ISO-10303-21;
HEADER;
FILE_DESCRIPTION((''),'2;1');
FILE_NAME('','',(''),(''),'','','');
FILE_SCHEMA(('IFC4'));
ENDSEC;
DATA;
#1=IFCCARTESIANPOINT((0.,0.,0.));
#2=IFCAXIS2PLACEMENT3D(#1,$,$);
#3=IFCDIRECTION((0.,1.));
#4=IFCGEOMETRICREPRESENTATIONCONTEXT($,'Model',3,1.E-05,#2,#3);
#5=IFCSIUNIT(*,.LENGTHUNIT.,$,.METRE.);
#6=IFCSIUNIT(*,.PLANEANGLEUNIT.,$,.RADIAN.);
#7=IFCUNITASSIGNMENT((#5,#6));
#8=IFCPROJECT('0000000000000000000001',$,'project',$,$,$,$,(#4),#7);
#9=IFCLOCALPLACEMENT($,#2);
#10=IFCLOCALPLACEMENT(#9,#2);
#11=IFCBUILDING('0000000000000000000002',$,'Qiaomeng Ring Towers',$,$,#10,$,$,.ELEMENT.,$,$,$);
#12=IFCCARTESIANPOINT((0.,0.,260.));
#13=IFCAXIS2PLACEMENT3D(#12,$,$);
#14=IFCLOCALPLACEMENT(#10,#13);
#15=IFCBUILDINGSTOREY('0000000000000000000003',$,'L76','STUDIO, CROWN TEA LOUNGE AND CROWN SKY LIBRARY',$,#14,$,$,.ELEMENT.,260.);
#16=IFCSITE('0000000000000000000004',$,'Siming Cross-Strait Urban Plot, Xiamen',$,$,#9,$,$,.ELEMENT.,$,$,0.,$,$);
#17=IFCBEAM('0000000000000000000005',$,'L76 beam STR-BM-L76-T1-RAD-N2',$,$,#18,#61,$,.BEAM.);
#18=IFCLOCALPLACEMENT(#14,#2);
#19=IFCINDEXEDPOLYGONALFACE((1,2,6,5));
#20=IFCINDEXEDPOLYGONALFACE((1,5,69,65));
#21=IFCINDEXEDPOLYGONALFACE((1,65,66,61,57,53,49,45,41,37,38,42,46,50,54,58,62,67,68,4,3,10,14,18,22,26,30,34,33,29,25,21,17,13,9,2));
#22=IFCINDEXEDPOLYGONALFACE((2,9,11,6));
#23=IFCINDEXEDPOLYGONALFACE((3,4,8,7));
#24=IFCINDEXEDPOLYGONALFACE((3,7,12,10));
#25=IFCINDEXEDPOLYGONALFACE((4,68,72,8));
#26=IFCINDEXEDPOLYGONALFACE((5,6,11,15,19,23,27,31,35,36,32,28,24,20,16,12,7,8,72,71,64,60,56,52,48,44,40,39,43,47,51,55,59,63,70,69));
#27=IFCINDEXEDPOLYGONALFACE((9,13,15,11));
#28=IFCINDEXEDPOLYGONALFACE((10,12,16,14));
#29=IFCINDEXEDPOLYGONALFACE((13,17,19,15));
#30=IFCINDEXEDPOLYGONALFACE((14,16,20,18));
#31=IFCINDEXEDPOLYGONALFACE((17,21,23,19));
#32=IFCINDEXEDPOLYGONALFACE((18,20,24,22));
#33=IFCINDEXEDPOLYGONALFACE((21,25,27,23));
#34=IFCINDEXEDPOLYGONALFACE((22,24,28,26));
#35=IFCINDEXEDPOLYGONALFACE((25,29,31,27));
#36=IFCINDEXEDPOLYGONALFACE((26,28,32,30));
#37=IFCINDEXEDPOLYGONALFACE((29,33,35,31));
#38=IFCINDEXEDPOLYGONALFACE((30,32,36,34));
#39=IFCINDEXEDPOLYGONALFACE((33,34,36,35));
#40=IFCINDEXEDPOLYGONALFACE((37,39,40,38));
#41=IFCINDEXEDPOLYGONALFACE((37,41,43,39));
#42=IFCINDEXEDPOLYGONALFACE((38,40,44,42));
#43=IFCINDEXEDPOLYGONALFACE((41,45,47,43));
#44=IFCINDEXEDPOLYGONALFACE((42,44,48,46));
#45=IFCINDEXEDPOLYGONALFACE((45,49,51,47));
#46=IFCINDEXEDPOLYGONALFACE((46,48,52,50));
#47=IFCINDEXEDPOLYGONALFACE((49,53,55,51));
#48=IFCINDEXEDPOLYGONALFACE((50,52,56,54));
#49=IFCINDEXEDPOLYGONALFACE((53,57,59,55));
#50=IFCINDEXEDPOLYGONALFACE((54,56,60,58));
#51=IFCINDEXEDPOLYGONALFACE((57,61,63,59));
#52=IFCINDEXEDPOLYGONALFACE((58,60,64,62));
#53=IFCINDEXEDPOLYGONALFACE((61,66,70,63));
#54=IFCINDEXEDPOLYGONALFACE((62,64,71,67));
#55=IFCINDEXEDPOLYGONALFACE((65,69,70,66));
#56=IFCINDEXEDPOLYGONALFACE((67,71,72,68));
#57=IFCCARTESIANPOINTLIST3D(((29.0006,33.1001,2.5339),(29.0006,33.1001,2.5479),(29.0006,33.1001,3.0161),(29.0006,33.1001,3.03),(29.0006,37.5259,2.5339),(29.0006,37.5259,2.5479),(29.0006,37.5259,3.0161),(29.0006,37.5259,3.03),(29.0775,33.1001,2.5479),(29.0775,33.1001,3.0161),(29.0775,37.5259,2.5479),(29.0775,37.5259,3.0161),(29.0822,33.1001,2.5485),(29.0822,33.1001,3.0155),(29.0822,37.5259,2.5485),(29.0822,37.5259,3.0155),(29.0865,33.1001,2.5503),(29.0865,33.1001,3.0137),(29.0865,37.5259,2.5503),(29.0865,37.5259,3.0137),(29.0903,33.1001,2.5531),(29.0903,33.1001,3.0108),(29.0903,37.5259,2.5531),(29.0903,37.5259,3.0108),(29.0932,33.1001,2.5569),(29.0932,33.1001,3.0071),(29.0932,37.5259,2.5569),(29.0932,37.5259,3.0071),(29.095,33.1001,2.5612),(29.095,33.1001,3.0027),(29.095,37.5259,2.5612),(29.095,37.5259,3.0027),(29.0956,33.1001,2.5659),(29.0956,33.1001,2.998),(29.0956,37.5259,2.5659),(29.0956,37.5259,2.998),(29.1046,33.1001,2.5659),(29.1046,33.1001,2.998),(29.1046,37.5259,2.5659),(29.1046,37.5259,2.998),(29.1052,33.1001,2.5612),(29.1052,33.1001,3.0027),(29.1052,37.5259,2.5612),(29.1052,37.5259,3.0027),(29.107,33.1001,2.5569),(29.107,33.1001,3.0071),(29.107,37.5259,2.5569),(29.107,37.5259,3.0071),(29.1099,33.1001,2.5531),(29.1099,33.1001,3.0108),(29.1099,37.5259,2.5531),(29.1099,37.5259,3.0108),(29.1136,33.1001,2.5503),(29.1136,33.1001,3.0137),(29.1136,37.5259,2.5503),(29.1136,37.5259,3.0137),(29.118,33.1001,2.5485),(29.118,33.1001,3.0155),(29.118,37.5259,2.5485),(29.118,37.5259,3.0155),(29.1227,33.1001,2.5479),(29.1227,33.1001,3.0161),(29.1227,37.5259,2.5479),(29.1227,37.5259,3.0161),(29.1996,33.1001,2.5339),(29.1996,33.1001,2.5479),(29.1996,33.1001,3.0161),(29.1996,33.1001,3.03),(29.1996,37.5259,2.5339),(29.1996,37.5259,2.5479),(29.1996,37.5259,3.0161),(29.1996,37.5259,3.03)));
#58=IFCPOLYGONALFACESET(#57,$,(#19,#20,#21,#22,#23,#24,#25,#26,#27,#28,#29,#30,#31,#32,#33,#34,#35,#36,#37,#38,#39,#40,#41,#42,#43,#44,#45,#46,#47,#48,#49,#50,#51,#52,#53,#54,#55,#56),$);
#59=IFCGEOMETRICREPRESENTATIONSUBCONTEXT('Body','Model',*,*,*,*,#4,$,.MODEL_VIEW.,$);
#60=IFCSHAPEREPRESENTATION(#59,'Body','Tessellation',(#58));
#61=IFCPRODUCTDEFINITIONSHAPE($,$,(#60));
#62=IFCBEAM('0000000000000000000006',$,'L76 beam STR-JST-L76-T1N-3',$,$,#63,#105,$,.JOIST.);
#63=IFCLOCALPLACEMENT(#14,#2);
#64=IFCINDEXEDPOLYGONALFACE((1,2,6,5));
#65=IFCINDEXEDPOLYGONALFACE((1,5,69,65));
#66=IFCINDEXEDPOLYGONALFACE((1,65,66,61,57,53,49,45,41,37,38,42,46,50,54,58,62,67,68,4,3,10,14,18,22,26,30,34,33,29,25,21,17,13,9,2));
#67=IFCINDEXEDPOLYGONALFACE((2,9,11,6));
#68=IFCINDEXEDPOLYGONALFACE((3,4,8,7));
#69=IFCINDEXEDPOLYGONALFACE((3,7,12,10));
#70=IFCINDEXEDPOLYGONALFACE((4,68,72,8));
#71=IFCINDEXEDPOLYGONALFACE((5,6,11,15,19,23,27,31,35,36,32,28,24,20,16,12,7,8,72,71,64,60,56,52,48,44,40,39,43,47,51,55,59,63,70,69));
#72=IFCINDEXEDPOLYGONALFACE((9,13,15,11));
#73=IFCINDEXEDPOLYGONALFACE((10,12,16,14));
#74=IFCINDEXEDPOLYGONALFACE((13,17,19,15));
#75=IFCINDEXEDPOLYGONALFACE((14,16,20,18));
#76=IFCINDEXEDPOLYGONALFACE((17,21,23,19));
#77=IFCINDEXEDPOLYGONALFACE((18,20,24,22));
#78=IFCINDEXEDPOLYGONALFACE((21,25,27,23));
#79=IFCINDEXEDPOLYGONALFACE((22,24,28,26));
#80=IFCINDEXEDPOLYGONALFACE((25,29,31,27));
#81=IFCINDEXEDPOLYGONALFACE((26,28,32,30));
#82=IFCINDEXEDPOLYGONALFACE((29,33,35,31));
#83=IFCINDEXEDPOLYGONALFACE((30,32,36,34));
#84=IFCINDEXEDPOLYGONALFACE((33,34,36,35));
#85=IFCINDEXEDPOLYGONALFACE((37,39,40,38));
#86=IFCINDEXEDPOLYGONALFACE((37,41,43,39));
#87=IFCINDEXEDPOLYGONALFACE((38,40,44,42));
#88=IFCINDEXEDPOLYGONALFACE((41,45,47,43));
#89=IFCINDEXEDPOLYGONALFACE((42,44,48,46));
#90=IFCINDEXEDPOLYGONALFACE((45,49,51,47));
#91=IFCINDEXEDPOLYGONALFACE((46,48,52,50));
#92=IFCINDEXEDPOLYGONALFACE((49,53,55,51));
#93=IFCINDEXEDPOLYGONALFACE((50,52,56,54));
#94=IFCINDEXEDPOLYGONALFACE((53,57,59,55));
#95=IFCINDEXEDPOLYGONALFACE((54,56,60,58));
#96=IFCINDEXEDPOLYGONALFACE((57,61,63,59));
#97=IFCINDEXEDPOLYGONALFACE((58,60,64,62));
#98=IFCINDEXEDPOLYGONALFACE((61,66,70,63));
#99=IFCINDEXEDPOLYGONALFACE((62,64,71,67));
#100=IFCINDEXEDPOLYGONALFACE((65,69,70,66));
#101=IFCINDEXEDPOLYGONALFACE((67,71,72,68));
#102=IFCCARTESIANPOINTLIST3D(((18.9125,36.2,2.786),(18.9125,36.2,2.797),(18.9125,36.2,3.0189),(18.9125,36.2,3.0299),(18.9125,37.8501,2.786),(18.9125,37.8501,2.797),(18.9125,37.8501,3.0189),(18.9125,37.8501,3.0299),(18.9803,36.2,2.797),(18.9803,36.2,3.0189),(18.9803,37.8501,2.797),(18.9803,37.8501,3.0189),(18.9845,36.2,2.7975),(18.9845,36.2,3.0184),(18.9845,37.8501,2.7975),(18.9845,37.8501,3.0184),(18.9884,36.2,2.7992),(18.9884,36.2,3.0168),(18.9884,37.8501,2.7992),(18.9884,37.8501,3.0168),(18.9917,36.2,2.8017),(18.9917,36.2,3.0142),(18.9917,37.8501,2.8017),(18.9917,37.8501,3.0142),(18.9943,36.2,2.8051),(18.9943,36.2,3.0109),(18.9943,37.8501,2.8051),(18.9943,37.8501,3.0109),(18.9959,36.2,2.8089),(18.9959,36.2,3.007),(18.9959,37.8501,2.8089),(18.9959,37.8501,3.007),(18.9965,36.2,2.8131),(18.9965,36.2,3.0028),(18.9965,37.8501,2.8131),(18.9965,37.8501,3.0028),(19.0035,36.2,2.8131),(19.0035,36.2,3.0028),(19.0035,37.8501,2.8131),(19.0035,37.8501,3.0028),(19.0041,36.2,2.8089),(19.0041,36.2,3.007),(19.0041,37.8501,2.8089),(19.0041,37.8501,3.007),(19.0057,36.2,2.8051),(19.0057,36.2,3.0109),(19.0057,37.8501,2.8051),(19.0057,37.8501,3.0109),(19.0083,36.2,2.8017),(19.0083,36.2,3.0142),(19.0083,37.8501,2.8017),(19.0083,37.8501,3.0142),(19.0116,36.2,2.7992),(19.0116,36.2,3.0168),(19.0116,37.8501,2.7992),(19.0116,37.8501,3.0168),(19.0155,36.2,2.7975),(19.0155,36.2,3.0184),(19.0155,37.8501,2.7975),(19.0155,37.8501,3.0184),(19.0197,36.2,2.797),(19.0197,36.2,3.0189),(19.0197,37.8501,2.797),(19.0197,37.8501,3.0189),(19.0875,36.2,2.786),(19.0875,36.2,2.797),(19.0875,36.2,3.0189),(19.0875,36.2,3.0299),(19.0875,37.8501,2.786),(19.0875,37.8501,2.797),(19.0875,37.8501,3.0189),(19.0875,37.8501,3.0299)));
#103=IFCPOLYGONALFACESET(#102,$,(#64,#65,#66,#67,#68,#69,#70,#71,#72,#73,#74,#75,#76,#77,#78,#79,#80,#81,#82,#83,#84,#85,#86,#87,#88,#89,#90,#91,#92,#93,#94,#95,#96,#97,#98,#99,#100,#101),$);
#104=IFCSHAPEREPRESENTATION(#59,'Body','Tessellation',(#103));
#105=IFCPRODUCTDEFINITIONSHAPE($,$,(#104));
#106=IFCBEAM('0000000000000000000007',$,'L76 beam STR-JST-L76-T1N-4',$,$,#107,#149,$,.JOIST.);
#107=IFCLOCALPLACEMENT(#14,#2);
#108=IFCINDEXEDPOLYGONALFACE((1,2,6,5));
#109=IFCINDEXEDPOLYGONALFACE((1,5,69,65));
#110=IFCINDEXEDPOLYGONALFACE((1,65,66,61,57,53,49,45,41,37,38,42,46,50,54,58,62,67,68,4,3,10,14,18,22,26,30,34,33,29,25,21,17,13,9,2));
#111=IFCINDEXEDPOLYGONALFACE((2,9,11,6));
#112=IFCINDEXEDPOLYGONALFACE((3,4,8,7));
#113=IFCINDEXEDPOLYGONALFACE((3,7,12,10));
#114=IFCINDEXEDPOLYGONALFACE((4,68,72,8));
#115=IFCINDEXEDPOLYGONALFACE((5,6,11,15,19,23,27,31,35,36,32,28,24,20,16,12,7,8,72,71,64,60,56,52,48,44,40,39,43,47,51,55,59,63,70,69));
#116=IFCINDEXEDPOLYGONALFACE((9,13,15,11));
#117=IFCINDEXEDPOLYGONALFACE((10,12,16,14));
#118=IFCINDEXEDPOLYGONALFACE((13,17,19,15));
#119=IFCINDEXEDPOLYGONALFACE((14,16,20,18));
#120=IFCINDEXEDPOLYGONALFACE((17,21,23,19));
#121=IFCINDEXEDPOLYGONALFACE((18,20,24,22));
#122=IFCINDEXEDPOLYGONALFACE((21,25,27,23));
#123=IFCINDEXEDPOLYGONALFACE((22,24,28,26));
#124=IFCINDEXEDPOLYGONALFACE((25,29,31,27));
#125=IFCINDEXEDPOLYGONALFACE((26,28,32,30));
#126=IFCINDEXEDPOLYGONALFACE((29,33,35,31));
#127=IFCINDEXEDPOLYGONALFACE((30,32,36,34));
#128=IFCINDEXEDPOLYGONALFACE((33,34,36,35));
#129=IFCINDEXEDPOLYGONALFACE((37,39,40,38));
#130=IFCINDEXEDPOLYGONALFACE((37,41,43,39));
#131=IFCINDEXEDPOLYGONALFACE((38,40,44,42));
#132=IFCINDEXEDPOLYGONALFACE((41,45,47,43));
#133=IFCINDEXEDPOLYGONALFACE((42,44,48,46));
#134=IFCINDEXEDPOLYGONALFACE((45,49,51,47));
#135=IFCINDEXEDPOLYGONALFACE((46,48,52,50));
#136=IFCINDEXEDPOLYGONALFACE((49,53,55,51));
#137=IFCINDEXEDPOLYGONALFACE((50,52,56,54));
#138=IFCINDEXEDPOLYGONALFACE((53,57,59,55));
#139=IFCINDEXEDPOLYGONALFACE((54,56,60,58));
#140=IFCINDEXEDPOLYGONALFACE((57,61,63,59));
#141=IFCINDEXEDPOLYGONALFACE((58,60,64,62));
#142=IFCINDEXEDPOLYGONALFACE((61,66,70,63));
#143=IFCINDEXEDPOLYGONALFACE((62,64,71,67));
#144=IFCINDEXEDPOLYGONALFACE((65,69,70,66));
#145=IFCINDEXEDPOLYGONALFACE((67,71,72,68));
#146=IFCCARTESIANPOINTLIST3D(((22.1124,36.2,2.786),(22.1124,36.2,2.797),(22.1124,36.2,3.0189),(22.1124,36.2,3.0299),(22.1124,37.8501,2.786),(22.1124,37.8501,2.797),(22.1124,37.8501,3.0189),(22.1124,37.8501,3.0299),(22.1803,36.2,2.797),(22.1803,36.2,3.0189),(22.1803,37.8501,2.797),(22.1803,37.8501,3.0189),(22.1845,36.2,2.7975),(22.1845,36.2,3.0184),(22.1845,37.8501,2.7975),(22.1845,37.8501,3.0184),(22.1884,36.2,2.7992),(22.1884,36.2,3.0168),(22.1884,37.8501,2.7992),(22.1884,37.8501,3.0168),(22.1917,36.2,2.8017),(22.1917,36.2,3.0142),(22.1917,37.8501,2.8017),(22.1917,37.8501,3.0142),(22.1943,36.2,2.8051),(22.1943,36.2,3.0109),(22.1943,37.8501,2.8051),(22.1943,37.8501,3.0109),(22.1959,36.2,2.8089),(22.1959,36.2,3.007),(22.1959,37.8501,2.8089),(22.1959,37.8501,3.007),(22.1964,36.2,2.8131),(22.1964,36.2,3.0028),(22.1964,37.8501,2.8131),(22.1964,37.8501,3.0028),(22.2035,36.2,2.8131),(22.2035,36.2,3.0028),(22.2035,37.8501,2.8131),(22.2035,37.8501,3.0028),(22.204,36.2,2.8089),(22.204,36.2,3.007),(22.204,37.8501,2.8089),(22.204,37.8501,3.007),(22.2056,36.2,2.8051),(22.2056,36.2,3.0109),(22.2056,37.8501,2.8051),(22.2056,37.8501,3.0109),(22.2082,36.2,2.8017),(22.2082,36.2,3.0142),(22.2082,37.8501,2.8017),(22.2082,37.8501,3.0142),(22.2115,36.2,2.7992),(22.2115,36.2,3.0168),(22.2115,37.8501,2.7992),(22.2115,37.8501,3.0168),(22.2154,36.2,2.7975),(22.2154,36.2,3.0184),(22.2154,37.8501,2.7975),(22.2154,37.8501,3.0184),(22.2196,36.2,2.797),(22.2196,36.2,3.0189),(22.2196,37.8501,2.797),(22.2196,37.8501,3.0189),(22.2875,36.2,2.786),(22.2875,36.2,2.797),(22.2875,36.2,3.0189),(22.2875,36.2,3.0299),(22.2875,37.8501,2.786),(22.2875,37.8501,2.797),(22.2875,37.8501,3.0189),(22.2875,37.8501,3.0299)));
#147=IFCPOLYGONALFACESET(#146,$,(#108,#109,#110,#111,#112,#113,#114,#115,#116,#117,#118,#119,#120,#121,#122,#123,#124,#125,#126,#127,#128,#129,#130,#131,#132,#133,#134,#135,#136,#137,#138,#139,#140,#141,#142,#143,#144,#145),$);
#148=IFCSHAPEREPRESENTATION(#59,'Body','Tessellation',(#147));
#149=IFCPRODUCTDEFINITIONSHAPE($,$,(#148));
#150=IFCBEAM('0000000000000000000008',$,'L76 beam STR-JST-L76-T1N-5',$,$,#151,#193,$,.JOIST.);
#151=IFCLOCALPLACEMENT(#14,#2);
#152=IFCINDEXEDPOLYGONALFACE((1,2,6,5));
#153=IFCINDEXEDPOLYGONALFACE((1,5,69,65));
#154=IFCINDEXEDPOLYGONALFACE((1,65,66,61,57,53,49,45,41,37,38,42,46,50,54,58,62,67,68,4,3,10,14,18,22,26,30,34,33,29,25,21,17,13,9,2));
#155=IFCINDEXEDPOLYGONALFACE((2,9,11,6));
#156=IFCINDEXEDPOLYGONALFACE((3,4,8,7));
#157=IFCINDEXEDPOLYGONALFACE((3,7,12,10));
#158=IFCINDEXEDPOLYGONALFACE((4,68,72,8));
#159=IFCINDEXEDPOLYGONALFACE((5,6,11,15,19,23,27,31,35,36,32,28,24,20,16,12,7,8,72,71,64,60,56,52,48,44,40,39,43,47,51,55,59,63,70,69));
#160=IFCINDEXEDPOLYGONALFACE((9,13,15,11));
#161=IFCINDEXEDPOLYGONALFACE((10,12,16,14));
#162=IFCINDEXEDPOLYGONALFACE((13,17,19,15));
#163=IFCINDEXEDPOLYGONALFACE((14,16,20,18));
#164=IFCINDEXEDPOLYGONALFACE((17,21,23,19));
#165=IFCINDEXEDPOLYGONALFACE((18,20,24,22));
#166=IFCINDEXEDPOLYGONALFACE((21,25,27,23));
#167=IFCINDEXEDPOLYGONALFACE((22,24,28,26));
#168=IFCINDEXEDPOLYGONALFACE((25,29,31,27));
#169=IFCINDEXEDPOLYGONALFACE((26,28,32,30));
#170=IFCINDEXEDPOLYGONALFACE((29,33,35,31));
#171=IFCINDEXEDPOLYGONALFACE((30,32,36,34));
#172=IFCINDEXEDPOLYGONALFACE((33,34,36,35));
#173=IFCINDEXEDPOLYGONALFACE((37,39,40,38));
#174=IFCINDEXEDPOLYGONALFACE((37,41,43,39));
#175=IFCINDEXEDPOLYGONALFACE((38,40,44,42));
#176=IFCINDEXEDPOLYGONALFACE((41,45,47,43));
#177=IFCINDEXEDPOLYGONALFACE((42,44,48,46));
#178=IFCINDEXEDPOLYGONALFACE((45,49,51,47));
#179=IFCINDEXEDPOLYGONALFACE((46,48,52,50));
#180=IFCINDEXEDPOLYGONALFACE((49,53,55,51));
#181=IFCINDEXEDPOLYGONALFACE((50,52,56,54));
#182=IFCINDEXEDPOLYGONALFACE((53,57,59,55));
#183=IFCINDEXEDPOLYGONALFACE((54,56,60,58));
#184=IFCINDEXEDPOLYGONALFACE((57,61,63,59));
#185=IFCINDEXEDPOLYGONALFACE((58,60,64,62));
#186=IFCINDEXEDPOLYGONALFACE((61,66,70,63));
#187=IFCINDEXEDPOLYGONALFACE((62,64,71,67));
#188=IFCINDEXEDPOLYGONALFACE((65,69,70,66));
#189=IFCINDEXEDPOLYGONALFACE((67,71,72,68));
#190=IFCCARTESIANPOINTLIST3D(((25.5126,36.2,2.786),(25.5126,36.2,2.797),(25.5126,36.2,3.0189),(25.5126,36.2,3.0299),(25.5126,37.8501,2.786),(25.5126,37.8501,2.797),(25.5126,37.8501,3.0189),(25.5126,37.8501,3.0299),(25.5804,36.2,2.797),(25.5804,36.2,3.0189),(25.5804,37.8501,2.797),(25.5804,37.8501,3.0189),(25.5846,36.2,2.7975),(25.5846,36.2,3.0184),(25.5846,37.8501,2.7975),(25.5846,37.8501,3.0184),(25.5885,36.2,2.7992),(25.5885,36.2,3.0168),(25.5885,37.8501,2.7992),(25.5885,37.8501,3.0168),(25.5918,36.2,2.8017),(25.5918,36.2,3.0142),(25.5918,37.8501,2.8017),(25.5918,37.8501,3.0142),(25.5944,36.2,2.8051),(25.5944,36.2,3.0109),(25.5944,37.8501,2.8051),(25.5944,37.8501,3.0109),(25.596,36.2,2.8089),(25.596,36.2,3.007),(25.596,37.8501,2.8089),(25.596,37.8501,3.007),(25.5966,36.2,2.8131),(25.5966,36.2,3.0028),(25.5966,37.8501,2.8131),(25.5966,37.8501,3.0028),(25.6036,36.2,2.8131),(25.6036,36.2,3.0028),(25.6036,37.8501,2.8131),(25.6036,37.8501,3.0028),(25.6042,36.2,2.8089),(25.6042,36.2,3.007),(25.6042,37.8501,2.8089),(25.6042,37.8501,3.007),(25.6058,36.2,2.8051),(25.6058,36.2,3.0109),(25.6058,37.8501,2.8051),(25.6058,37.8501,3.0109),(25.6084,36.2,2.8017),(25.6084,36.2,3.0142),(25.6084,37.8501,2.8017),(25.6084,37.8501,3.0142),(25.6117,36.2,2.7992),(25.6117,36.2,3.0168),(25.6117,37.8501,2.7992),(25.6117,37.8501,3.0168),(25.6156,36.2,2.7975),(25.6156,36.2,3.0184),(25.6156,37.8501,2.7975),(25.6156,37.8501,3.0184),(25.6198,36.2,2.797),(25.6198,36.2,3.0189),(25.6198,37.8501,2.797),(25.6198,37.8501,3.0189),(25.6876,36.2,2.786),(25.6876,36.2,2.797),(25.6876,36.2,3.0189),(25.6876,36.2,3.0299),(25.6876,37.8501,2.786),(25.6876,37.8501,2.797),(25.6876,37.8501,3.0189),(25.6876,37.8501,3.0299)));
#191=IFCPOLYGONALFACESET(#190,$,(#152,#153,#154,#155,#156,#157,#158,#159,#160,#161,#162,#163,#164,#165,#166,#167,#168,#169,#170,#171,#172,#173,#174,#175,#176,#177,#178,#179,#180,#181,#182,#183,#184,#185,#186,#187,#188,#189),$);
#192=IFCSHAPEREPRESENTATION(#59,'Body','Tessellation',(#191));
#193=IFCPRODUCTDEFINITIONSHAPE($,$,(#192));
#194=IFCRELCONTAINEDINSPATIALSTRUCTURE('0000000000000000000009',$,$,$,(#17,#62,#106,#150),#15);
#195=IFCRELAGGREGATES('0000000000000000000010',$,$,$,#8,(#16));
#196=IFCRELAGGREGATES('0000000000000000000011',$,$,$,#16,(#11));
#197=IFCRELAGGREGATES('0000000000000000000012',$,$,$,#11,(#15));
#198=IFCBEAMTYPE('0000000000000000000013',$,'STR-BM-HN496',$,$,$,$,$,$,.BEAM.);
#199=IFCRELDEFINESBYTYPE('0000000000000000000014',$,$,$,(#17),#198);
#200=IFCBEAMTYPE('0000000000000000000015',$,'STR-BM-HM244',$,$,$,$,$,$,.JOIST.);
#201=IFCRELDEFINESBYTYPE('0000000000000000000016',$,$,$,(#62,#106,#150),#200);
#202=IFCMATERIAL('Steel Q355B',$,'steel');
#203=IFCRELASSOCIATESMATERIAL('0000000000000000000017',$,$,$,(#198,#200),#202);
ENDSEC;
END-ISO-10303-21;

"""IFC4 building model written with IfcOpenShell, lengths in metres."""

from ifc_helpers import new_model, si_unit, direction, frame, origin, origin_2d, place, context, subcontext, project, spatial, i_section, extrude, source, transform, mapped, material, material_profile, profile_set, type_object, element, save


model = new_model("IFC4")

# Units and contexts
model_context = context("Model", 3, precision=1e-05, world=origin(), true_north=direction((0.0, 1.0)))
body_context = subcontext(model_context, "Body", "Model", "MODEL_VIEW")
ifc_project = project(units=[si_unit("LENGTHUNIT", "METRE"), si_unit("PLANEANGLEUNIT", "RADIAN")], contexts=[model_context])

# Site, building, storey
site_placement = place(None, origin())
site = spatial("IfcSite", under=ifc_project, at=site_placement, Name="Siming Cross-Strait Urban Plot, Xiamen", CompositionType="ELEMENT", RefElevation=0.0)
building_placement = place(site_placement, origin())
building = spatial("IfcBuilding", under=site, at=building_placement, Name="Qiaomeng Ring Towers", CompositionType="ELEMENT")
storey_placement = place(building_placement, frame((0.0, 0.0, 260.0)))
storey = spatial("IfcBuildingStorey", under=building, at=storey_placement, Name="L76", Description="STUDIO, CROWN TEA LOUNGE AND CROWN SKY LIBRARY", CompositionType="ELEMENT", Elevation=260.0)

# Beams
ifc_material_1 = material(Name="Steel Q355B", Category="steel")
ifc_material_profile_1 = material_profile(ifc_material_1, i_section(OverallWidth=0.199, OverallDepth=0.4961, WebThickness=0.009, FlangeThickness=0.0139, FilletRadius=0.0181, at=origin_2d()), Name="HN 496x199x9x14")
ifc_profile_set_1 = profile_set([ifc_material_profile_1], Name="Steel Q355B")
beam_type_1 = type_object("IfcBeamType", Name="STR-BM-HN496", PredefinedType="BEAM", material=ifc_profile_set_1)
shared_shape_1 = source(origin(), body_context, "Body", "SweptSolid", [
    extrude(i_section(OverallWidth=0.199, OverallDepth=0.4961, WebThickness=0.009, FlangeThickness=0.0139, FilletRadius=0.0181, at=origin_2d()), origin(), (0.0, 0.0, 1.0), 4.4258),
])
beam_1_placement = place(storey_placement, frame((29.1001, 37.5259, 2.782), z_axis=(0.0, -1.0, 0.0), x_axis=(1.0, 0.0, 0.0)))
element("IfcBeam", 1, at=beam_1_placement, inside=storey, type_object=beam_type_1, Name="L76 beam STR-BM-L76-T1-RAD-N2", PredefinedType="BEAM", context=body_context, shape_type="MappedRepresentation", body=[
    mapped(shared_shape_1, transform((0.0, 0.0, 0.0), x_axis=(1.0, 0.0, 0.0), y_axis=(0.0, 1.0, 0.0), z_axis=(0.0, 0.0, 1.0), scale=1.0)),
])
ifc_material_profile_2 = material_profile(ifc_material_1, i_section(OverallWidth=0.175, OverallDepth=0.2439, WebThickness=0.0071, FlangeThickness=0.011, FilletRadius=0.0161, at=origin_2d()), Name="HM 244x175x7x11")
ifc_profile_set_2 = profile_set([ifc_material_profile_2], Name="Steel Q355B")
beam_type_2 = type_object("IfcBeamType", Name="STR-BM-HM244", PredefinedType="JOIST", material=ifc_profile_set_2)
shared_shape_2 = source(origin(), body_context, "Body", "SweptSolid", [
    extrude(i_section(OverallWidth=0.175, OverallDepth=0.2439, WebThickness=0.0071, FlangeThickness=0.011, FilletRadius=0.0161, at=origin_2d()), origin(), (0.0, 0.0, 1.0), 1.6501),
])
for number, where, z_axis, x_axis, name in (
    (2, (19.0, 36.2, 2.908), (0.0, 1.0, 0.0), (-1.0, 0.0, 0.0), "L76 beam STR-JST-L76-T1N-3"),
    (3, (22.2, 36.2, 2.908), (0.0, 1.0, 0.0), (-1.0, 0.0, 0.0), "L76 beam STR-JST-L76-T1N-4"),
    (4, (25.6001, 36.2, 2.908), (0.0, 1.0, 0.0), (-1.0, 0.0, 0.0), "L76 beam STR-JST-L76-T1N-5"),
):
    element("IfcBeam", number, at=place(storey_placement, frame(where, z_axis=z_axis, x_axis=x_axis)), inside=storey, type_object=beam_type_2, Name=name, PredefinedType="JOIST", context=body_context, shape_type="MappedRepresentation", body=[
        mapped(shared_shape_2, transform((0.0, 0.0, 0.0), x_axis=(1.0, 0.0, 0.0), y_axis=(0.0, 1.0, 0.0), z_axis=(0.0, 0.0, 1.0), scale=1.0)),
    ])

save(model, "model.ifc")
